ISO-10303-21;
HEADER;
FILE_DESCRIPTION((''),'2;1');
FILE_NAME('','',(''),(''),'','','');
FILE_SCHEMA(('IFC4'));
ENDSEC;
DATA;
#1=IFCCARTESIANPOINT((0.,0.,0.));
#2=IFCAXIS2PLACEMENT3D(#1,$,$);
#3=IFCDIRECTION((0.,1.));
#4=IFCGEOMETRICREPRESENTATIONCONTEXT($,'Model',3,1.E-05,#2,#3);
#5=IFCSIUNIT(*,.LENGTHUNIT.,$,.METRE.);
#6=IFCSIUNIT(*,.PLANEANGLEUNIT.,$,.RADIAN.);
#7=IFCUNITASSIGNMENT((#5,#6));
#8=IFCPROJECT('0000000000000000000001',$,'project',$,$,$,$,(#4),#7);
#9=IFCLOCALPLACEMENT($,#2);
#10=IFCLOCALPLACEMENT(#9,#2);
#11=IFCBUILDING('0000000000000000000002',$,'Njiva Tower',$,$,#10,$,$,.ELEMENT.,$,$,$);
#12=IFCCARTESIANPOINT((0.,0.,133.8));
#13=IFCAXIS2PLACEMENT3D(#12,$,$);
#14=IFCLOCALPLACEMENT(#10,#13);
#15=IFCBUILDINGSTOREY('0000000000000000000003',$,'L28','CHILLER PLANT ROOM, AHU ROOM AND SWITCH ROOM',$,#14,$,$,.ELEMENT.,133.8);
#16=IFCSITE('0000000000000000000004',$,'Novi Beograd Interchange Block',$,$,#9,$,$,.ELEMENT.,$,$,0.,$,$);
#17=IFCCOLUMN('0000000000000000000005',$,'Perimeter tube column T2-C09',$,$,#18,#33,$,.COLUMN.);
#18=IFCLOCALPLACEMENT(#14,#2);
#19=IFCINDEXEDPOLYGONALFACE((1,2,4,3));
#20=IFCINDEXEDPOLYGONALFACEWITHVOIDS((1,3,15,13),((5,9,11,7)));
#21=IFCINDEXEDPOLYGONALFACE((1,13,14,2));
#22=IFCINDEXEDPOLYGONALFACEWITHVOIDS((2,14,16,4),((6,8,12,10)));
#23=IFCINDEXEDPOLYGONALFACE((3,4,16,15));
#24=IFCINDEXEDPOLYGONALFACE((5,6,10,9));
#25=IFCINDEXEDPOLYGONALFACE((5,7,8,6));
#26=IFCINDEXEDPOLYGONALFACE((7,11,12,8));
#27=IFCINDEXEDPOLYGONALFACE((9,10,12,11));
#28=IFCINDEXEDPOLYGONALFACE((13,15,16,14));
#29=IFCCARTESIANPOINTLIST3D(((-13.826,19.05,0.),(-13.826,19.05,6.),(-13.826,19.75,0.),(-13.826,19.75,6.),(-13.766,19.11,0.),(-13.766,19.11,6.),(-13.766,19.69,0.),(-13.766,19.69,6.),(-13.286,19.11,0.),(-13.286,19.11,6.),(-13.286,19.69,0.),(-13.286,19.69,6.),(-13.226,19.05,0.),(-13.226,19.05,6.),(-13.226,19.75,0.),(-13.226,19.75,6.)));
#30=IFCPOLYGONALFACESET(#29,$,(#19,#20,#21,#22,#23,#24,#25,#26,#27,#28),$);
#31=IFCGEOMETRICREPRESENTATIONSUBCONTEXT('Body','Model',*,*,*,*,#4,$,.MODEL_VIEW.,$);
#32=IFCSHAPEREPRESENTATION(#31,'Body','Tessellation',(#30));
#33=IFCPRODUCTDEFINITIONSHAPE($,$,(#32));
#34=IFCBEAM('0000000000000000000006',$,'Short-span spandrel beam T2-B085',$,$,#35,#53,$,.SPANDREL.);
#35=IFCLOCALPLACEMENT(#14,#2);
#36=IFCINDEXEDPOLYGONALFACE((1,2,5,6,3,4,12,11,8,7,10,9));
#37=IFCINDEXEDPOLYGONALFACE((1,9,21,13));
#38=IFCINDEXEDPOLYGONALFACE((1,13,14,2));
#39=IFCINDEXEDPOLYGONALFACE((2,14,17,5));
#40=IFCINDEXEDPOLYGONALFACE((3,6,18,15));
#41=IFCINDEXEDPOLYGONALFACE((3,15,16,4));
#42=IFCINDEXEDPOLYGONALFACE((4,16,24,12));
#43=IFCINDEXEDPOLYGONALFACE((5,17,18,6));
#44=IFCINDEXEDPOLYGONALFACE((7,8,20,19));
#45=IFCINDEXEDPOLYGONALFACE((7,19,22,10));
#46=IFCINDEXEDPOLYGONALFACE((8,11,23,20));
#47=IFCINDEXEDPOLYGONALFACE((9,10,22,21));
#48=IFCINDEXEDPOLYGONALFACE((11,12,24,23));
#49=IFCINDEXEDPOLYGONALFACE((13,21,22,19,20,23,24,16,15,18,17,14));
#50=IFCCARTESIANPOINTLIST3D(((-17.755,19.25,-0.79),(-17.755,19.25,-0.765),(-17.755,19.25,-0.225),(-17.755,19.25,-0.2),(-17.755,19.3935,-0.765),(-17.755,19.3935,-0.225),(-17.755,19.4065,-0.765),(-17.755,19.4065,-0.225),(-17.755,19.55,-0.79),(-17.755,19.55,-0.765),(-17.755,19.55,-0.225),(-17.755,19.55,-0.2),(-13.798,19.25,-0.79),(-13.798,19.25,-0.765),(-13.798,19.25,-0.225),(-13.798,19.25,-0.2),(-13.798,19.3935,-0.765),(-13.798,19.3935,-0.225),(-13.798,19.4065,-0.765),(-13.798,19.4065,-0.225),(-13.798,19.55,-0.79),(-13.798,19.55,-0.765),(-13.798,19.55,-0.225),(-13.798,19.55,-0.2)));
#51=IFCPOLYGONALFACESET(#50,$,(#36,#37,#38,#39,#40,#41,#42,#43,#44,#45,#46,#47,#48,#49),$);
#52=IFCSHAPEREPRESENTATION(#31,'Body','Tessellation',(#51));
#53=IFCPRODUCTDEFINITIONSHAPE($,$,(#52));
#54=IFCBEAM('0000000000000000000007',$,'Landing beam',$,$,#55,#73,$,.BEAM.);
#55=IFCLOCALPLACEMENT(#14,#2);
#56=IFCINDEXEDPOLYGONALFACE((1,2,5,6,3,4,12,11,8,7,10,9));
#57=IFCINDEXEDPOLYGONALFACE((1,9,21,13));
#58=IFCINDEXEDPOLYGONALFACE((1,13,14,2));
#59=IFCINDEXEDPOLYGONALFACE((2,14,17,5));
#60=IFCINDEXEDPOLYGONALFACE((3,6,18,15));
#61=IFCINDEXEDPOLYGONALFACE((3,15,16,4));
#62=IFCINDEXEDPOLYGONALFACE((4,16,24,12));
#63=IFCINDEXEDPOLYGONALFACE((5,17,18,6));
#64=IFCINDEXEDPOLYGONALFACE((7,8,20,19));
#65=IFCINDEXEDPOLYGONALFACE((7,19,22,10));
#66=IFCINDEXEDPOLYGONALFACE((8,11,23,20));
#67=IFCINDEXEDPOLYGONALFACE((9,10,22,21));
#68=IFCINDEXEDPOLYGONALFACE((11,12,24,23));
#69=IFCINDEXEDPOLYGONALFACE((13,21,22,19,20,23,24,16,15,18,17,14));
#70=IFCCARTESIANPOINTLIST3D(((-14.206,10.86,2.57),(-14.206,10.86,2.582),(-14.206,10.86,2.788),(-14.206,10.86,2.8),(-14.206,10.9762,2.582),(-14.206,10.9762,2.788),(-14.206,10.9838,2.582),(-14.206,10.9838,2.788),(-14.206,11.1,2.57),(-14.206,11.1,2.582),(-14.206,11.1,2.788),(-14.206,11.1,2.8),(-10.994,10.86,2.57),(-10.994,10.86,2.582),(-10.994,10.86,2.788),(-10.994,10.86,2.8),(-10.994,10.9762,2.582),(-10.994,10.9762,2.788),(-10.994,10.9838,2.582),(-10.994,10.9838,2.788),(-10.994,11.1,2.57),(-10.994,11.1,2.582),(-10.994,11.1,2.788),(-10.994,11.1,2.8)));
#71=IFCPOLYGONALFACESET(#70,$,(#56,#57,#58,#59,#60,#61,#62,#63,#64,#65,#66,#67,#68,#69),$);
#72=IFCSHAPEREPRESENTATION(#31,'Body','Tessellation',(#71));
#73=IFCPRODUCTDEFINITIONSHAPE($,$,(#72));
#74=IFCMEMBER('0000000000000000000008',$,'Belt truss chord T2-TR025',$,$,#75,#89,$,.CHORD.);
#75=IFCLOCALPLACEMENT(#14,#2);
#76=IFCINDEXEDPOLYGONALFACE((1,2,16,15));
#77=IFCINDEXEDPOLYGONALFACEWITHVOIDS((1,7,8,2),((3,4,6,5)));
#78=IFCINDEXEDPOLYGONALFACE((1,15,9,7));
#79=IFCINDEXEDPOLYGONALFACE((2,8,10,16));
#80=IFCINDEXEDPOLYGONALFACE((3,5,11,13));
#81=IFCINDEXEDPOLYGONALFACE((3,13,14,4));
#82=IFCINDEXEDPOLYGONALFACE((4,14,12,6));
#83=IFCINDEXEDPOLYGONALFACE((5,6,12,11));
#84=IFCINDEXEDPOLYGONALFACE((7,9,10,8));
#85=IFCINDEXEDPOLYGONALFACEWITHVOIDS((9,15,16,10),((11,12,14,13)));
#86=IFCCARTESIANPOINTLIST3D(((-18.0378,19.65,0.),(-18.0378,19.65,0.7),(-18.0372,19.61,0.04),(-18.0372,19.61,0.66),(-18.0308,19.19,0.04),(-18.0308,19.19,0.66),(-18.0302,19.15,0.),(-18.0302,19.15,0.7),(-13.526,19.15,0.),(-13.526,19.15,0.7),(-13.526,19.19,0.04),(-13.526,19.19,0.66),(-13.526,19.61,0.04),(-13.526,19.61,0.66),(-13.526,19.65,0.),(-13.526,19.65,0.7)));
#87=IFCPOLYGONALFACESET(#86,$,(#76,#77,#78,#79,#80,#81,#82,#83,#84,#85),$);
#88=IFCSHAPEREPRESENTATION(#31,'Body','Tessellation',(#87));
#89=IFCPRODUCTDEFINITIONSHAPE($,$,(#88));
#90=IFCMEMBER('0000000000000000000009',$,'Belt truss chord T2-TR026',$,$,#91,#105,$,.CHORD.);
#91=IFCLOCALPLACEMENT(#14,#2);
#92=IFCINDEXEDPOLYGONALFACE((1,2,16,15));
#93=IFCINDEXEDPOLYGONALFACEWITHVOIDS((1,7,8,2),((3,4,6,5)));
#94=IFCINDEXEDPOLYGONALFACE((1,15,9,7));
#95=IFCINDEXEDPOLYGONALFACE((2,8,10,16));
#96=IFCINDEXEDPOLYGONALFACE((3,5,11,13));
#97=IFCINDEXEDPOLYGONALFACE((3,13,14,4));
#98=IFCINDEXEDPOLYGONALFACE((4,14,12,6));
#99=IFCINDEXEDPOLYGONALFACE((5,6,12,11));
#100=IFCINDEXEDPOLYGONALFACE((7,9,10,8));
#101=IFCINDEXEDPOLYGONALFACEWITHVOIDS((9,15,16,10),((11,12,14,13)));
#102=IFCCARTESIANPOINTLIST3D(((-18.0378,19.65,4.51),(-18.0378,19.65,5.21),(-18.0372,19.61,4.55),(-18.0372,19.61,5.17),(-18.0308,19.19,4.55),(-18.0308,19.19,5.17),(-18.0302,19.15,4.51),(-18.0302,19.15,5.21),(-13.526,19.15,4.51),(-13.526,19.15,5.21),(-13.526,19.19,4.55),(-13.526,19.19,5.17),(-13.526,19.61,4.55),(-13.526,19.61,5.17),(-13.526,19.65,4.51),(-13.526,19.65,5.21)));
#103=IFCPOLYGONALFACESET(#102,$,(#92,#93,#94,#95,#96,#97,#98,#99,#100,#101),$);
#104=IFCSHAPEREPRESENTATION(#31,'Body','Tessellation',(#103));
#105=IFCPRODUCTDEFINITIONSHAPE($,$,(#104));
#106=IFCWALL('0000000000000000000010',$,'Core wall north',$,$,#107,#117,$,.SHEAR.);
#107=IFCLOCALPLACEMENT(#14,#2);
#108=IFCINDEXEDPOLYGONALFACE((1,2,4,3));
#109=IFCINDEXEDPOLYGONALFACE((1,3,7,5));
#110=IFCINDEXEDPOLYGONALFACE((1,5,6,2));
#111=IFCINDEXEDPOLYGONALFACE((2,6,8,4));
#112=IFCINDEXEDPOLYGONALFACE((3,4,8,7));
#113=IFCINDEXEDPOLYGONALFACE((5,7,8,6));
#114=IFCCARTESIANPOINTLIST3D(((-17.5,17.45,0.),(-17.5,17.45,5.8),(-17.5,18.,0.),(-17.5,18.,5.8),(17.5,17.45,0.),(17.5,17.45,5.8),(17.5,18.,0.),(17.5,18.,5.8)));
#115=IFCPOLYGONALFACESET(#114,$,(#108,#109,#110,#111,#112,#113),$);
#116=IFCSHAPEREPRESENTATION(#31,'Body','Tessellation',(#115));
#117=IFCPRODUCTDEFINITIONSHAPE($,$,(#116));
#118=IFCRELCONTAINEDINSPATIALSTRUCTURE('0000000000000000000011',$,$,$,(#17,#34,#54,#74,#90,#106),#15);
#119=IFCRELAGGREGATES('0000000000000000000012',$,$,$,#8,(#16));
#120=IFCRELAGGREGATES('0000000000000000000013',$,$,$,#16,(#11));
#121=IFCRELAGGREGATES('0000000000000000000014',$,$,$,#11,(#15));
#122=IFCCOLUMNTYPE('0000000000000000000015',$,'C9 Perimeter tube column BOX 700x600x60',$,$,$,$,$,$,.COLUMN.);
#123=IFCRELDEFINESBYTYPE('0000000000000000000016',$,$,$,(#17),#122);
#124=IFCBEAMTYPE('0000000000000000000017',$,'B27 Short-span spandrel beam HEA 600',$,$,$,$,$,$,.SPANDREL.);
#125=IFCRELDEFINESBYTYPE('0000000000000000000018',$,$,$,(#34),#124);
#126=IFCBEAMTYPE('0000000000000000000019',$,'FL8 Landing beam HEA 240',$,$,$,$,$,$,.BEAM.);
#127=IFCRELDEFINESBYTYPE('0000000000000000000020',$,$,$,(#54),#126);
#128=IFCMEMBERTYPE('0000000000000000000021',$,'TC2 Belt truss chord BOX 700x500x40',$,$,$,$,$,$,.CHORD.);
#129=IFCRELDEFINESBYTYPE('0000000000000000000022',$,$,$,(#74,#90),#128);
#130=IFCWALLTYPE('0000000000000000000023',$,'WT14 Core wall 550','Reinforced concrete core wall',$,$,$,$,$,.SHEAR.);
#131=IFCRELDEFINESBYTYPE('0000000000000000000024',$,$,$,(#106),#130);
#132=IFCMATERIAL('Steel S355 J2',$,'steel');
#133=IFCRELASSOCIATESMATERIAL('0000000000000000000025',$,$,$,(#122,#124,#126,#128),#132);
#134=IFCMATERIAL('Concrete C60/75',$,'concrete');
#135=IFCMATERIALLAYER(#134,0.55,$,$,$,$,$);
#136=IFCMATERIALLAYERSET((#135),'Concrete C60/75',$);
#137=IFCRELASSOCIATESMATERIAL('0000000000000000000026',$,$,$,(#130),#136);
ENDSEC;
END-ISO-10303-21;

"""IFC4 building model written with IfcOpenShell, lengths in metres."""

from ifc_helpers import new_model, si_unit, direction, frame, frame_2d, origin, origin_2d, place, context, subcontext, project, spatial, rectangle, hollow_rectangle, i_section, extrude, clip, halfspace, material, layer, layer_set, material_profile, profile_set, type_object, element, save


model = new_model("IFC4")

# Units and contexts
model_context = context("Model", 3, precision=1e-05, world=origin(), true_north=direction((0.0, 1.0)))
body_context = subcontext(model_context, "Body", "Model", "MODEL_VIEW")
ifc_project = project(units=[si_unit("LENGTHUNIT", "METRE"), si_unit("PLANEANGLEUNIT", "RADIAN")], contexts=[model_context])

# Site, building, storey
site_placement = place(None, origin())
site = spatial("IfcSite", under=ifc_project, at=site_placement, Name="Novi Beograd Interchange Block", CompositionType="ELEMENT", RefElevation=0.0)
building_placement = place(site_placement, origin())
building = spatial("IfcBuilding", under=site, at=building_placement, Name="Njiva Tower", CompositionType="ELEMENT")
storey_placement = place(building_placement, frame((0.0, 0.0, 133.8)))
storey = spatial("IfcBuildingStorey", under=building, at=storey_placement, Name="L28", Description="CHILLER PLANT ROOM, AHU ROOM AND SWITCH ROOM", CompositionType="ELEMENT", Elevation=133.8)

# Column
ifc_material_1 = material(Name="Steel S355 J2", Category="steel")
ifc_material_profile_1 = material_profile(ifc_material_1, hollow_rectangle(XDim=0.6, YDim=0.7, WallThickness=0.06, at=origin_2d()), Name="BOX 700x600x60")
ifc_profile_set_1 = profile_set([ifc_material_profile_1], Name="Steel S355 J2")
column_type = type_object("IfcColumnType", Name="C9 Perimeter tube column BOX 700x600x60", PredefinedType="COLUMN", material=ifc_profile_set_1)
column_placement = place(storey_placement, frame((-13.526, 19.4, 0.0), z_axis=(0.0, 0.0, 1.0), x_axis=(-1.0, 0.0, 0.0)))
element("IfcColumn", 1, at=column_placement, inside=storey, type_object=column_type, Name="Perimeter tube column T2-C09", PredefinedType="COLUMN", context=body_context, shape_type="SweptSolid", body=[
    extrude(hollow_rectangle(XDim=0.6, YDim=0.7, WallThickness=0.06, at=origin_2d()), origin(), (0.0, 0.0, 1.0), 6.0),
])

# Beams
ifc_material_profile_2 = material_profile(ifc_material_1, i_section(OverallWidth=0.3, OverallDepth=0.59, WebThickness=0.013, FlangeThickness=0.025, at=origin_2d()), Name="HEA 600")
ifc_profile_set_2 = profile_set([ifc_material_profile_2], Name="Steel S355 J2")
beam_type_1 = type_object("IfcBeamType", Name="B27 Short-span spandrel beam HEA 600", PredefinedType="SPANDREL", material=ifc_profile_set_2)
beam_1_placement = place(storey_placement, frame((-13.798, 19.4, -0.495), z_axis=(-1.0, 0.0, 0.0), x_axis=(0.0, -1.0, 0.0)))
element("IfcBeam", 2, at=beam_1_placement, inside=storey, type_object=beam_type_1, Name="Short-span spandrel beam T2-B085", PredefinedType="SPANDREL", context=body_context, shape_type="SweptSolid", body=[
    extrude(i_section(OverallWidth=0.3, OverallDepth=0.59, WebThickness=0.013, FlangeThickness=0.025, at=origin_2d()), origin(), (0.0, 0.0, 1.0), 3.957),
])
ifc_material_profile_3 = material_profile(ifc_material_1, i_section(OverallWidth=0.24, OverallDepth=0.23, WebThickness=0.0075, FlangeThickness=0.012, at=origin_2d()), Name="HEA240")
ifc_profile_set_3 = profile_set([ifc_material_profile_3], Name="Steel S355 J2")
beam_type_2 = type_object("IfcBeamType", Name="FL8 Landing beam HEA 240", PredefinedType="BEAM", material=ifc_profile_set_3)
beam_2_placement = place(storey_placement, frame((-14.206, 10.98, 2.685), z_axis=(1.0, 0.0, 0.0), x_axis=(0.0, 1.0, 0.0)))
element("IfcBeam", 3, at=beam_2_placement, inside=storey, type_object=beam_type_2, Name="Landing beam", PredefinedType="BEAM", context=body_context, shape_type="SweptSolid", body=[
    extrude(i_section(OverallWidth=0.24, OverallDepth=0.23, WebThickness=0.0075, FlangeThickness=0.012, at=origin_2d()), origin(), (0.0, 0.0, 1.0), 3.212),
])

# Members
ifc_material_profile_4 = material_profile(ifc_material_1, hollow_rectangle(XDim=0.5, YDim=0.7, WallThickness=0.04, at=origin_2d()), Name="BOX 700x500x40")
ifc_profile_set_4 = profile_set([ifc_material_profile_4], Name="Steel S355 J2")
member_type_1 = type_object("IfcMemberType", Name="TC2 Belt truss chord BOX 700x500x40", PredefinedType="CHORD", material=ifc_profile_set_4)
member_1_placement = place(storey_placement, frame((-13.526, 19.4, 0.35), z_axis=(-1.0, 0.0, 0.0), x_axis=(0.0, -1.0, 0.0)))
element("IfcMember", 4, at=member_1_placement, inside=storey, type_object=member_type_1, Name="Belt truss chord T2-TR025", PredefinedType="CHORD", context=body_context, shape_type="Clipping", body=[
    clip(extrude(hollow_rectangle(XDim=0.5, YDim=0.7, WallThickness=0.04, at=origin_2d()), origin(), (0.0, 0.0, 1.0), 4.542), halfspace(frame((0.0, -134.15, 4.508), z_axis=(0.015, 0.0, 0.999887), x_axis=(0.0, 1.0, 0.0)), False)),
])
member_2_placement = place(storey_placement, frame((-13.526, 19.4, 4.86), z_axis=(-1.0, 0.0, 0.0), x_axis=(0.0, -1.0, 0.0)))
element("IfcMember", 5, at=member_2_placement, inside=storey, type_object=member_type_1, Name="Belt truss chord T2-TR026", PredefinedType="CHORD", context=body_context, shape_type="Clipping", body=[
    clip(extrude(hollow_rectangle(XDim=0.5, YDim=0.7, WallThickness=0.04, at=origin_2d()), origin(), (0.0, 0.0, 1.0), 4.542), halfspace(frame((0.0, -138.66, 4.508), z_axis=(0.015, 0.0, 0.999887), x_axis=(0.0, 1.0, 0.0)), False)),
])

# Wall
ifc_material_2 = material(Name="Concrete C60/75", Category="concrete")
ifc_layer_1 = layer(ifc_material_2, 0.55)
ifc_layer_set_1 = layer_set([ifc_layer_1], Name="Concrete C60/75")
wall_type_1 = type_object("IfcWallType", Name="WT14 Core wall 550", Description="Reinforced concrete core wall", PredefinedType="SHEAR", material=ifc_layer_set_1)
wall_1_placement = place(storey_placement, frame((-17.5, 17.725, 0.0), z_axis=(0.0, 0.0, 1.0), x_axis=(1.0, 0.0, 0.0)))
element("IfcWall", 6, at=wall_1_placement, inside=storey, type_object=wall_type_1, Name="Core wall north", PredefinedType="SHEAR", context=body_context, shape_type="SweptSolid", body=[
    extrude(rectangle(XDim=35.0, YDim=0.55, at=frame_2d((17.5, 0.0))), origin(), (0.0, 0.0, 1.0), 5.8),
])

save(model, "model.ifc")
